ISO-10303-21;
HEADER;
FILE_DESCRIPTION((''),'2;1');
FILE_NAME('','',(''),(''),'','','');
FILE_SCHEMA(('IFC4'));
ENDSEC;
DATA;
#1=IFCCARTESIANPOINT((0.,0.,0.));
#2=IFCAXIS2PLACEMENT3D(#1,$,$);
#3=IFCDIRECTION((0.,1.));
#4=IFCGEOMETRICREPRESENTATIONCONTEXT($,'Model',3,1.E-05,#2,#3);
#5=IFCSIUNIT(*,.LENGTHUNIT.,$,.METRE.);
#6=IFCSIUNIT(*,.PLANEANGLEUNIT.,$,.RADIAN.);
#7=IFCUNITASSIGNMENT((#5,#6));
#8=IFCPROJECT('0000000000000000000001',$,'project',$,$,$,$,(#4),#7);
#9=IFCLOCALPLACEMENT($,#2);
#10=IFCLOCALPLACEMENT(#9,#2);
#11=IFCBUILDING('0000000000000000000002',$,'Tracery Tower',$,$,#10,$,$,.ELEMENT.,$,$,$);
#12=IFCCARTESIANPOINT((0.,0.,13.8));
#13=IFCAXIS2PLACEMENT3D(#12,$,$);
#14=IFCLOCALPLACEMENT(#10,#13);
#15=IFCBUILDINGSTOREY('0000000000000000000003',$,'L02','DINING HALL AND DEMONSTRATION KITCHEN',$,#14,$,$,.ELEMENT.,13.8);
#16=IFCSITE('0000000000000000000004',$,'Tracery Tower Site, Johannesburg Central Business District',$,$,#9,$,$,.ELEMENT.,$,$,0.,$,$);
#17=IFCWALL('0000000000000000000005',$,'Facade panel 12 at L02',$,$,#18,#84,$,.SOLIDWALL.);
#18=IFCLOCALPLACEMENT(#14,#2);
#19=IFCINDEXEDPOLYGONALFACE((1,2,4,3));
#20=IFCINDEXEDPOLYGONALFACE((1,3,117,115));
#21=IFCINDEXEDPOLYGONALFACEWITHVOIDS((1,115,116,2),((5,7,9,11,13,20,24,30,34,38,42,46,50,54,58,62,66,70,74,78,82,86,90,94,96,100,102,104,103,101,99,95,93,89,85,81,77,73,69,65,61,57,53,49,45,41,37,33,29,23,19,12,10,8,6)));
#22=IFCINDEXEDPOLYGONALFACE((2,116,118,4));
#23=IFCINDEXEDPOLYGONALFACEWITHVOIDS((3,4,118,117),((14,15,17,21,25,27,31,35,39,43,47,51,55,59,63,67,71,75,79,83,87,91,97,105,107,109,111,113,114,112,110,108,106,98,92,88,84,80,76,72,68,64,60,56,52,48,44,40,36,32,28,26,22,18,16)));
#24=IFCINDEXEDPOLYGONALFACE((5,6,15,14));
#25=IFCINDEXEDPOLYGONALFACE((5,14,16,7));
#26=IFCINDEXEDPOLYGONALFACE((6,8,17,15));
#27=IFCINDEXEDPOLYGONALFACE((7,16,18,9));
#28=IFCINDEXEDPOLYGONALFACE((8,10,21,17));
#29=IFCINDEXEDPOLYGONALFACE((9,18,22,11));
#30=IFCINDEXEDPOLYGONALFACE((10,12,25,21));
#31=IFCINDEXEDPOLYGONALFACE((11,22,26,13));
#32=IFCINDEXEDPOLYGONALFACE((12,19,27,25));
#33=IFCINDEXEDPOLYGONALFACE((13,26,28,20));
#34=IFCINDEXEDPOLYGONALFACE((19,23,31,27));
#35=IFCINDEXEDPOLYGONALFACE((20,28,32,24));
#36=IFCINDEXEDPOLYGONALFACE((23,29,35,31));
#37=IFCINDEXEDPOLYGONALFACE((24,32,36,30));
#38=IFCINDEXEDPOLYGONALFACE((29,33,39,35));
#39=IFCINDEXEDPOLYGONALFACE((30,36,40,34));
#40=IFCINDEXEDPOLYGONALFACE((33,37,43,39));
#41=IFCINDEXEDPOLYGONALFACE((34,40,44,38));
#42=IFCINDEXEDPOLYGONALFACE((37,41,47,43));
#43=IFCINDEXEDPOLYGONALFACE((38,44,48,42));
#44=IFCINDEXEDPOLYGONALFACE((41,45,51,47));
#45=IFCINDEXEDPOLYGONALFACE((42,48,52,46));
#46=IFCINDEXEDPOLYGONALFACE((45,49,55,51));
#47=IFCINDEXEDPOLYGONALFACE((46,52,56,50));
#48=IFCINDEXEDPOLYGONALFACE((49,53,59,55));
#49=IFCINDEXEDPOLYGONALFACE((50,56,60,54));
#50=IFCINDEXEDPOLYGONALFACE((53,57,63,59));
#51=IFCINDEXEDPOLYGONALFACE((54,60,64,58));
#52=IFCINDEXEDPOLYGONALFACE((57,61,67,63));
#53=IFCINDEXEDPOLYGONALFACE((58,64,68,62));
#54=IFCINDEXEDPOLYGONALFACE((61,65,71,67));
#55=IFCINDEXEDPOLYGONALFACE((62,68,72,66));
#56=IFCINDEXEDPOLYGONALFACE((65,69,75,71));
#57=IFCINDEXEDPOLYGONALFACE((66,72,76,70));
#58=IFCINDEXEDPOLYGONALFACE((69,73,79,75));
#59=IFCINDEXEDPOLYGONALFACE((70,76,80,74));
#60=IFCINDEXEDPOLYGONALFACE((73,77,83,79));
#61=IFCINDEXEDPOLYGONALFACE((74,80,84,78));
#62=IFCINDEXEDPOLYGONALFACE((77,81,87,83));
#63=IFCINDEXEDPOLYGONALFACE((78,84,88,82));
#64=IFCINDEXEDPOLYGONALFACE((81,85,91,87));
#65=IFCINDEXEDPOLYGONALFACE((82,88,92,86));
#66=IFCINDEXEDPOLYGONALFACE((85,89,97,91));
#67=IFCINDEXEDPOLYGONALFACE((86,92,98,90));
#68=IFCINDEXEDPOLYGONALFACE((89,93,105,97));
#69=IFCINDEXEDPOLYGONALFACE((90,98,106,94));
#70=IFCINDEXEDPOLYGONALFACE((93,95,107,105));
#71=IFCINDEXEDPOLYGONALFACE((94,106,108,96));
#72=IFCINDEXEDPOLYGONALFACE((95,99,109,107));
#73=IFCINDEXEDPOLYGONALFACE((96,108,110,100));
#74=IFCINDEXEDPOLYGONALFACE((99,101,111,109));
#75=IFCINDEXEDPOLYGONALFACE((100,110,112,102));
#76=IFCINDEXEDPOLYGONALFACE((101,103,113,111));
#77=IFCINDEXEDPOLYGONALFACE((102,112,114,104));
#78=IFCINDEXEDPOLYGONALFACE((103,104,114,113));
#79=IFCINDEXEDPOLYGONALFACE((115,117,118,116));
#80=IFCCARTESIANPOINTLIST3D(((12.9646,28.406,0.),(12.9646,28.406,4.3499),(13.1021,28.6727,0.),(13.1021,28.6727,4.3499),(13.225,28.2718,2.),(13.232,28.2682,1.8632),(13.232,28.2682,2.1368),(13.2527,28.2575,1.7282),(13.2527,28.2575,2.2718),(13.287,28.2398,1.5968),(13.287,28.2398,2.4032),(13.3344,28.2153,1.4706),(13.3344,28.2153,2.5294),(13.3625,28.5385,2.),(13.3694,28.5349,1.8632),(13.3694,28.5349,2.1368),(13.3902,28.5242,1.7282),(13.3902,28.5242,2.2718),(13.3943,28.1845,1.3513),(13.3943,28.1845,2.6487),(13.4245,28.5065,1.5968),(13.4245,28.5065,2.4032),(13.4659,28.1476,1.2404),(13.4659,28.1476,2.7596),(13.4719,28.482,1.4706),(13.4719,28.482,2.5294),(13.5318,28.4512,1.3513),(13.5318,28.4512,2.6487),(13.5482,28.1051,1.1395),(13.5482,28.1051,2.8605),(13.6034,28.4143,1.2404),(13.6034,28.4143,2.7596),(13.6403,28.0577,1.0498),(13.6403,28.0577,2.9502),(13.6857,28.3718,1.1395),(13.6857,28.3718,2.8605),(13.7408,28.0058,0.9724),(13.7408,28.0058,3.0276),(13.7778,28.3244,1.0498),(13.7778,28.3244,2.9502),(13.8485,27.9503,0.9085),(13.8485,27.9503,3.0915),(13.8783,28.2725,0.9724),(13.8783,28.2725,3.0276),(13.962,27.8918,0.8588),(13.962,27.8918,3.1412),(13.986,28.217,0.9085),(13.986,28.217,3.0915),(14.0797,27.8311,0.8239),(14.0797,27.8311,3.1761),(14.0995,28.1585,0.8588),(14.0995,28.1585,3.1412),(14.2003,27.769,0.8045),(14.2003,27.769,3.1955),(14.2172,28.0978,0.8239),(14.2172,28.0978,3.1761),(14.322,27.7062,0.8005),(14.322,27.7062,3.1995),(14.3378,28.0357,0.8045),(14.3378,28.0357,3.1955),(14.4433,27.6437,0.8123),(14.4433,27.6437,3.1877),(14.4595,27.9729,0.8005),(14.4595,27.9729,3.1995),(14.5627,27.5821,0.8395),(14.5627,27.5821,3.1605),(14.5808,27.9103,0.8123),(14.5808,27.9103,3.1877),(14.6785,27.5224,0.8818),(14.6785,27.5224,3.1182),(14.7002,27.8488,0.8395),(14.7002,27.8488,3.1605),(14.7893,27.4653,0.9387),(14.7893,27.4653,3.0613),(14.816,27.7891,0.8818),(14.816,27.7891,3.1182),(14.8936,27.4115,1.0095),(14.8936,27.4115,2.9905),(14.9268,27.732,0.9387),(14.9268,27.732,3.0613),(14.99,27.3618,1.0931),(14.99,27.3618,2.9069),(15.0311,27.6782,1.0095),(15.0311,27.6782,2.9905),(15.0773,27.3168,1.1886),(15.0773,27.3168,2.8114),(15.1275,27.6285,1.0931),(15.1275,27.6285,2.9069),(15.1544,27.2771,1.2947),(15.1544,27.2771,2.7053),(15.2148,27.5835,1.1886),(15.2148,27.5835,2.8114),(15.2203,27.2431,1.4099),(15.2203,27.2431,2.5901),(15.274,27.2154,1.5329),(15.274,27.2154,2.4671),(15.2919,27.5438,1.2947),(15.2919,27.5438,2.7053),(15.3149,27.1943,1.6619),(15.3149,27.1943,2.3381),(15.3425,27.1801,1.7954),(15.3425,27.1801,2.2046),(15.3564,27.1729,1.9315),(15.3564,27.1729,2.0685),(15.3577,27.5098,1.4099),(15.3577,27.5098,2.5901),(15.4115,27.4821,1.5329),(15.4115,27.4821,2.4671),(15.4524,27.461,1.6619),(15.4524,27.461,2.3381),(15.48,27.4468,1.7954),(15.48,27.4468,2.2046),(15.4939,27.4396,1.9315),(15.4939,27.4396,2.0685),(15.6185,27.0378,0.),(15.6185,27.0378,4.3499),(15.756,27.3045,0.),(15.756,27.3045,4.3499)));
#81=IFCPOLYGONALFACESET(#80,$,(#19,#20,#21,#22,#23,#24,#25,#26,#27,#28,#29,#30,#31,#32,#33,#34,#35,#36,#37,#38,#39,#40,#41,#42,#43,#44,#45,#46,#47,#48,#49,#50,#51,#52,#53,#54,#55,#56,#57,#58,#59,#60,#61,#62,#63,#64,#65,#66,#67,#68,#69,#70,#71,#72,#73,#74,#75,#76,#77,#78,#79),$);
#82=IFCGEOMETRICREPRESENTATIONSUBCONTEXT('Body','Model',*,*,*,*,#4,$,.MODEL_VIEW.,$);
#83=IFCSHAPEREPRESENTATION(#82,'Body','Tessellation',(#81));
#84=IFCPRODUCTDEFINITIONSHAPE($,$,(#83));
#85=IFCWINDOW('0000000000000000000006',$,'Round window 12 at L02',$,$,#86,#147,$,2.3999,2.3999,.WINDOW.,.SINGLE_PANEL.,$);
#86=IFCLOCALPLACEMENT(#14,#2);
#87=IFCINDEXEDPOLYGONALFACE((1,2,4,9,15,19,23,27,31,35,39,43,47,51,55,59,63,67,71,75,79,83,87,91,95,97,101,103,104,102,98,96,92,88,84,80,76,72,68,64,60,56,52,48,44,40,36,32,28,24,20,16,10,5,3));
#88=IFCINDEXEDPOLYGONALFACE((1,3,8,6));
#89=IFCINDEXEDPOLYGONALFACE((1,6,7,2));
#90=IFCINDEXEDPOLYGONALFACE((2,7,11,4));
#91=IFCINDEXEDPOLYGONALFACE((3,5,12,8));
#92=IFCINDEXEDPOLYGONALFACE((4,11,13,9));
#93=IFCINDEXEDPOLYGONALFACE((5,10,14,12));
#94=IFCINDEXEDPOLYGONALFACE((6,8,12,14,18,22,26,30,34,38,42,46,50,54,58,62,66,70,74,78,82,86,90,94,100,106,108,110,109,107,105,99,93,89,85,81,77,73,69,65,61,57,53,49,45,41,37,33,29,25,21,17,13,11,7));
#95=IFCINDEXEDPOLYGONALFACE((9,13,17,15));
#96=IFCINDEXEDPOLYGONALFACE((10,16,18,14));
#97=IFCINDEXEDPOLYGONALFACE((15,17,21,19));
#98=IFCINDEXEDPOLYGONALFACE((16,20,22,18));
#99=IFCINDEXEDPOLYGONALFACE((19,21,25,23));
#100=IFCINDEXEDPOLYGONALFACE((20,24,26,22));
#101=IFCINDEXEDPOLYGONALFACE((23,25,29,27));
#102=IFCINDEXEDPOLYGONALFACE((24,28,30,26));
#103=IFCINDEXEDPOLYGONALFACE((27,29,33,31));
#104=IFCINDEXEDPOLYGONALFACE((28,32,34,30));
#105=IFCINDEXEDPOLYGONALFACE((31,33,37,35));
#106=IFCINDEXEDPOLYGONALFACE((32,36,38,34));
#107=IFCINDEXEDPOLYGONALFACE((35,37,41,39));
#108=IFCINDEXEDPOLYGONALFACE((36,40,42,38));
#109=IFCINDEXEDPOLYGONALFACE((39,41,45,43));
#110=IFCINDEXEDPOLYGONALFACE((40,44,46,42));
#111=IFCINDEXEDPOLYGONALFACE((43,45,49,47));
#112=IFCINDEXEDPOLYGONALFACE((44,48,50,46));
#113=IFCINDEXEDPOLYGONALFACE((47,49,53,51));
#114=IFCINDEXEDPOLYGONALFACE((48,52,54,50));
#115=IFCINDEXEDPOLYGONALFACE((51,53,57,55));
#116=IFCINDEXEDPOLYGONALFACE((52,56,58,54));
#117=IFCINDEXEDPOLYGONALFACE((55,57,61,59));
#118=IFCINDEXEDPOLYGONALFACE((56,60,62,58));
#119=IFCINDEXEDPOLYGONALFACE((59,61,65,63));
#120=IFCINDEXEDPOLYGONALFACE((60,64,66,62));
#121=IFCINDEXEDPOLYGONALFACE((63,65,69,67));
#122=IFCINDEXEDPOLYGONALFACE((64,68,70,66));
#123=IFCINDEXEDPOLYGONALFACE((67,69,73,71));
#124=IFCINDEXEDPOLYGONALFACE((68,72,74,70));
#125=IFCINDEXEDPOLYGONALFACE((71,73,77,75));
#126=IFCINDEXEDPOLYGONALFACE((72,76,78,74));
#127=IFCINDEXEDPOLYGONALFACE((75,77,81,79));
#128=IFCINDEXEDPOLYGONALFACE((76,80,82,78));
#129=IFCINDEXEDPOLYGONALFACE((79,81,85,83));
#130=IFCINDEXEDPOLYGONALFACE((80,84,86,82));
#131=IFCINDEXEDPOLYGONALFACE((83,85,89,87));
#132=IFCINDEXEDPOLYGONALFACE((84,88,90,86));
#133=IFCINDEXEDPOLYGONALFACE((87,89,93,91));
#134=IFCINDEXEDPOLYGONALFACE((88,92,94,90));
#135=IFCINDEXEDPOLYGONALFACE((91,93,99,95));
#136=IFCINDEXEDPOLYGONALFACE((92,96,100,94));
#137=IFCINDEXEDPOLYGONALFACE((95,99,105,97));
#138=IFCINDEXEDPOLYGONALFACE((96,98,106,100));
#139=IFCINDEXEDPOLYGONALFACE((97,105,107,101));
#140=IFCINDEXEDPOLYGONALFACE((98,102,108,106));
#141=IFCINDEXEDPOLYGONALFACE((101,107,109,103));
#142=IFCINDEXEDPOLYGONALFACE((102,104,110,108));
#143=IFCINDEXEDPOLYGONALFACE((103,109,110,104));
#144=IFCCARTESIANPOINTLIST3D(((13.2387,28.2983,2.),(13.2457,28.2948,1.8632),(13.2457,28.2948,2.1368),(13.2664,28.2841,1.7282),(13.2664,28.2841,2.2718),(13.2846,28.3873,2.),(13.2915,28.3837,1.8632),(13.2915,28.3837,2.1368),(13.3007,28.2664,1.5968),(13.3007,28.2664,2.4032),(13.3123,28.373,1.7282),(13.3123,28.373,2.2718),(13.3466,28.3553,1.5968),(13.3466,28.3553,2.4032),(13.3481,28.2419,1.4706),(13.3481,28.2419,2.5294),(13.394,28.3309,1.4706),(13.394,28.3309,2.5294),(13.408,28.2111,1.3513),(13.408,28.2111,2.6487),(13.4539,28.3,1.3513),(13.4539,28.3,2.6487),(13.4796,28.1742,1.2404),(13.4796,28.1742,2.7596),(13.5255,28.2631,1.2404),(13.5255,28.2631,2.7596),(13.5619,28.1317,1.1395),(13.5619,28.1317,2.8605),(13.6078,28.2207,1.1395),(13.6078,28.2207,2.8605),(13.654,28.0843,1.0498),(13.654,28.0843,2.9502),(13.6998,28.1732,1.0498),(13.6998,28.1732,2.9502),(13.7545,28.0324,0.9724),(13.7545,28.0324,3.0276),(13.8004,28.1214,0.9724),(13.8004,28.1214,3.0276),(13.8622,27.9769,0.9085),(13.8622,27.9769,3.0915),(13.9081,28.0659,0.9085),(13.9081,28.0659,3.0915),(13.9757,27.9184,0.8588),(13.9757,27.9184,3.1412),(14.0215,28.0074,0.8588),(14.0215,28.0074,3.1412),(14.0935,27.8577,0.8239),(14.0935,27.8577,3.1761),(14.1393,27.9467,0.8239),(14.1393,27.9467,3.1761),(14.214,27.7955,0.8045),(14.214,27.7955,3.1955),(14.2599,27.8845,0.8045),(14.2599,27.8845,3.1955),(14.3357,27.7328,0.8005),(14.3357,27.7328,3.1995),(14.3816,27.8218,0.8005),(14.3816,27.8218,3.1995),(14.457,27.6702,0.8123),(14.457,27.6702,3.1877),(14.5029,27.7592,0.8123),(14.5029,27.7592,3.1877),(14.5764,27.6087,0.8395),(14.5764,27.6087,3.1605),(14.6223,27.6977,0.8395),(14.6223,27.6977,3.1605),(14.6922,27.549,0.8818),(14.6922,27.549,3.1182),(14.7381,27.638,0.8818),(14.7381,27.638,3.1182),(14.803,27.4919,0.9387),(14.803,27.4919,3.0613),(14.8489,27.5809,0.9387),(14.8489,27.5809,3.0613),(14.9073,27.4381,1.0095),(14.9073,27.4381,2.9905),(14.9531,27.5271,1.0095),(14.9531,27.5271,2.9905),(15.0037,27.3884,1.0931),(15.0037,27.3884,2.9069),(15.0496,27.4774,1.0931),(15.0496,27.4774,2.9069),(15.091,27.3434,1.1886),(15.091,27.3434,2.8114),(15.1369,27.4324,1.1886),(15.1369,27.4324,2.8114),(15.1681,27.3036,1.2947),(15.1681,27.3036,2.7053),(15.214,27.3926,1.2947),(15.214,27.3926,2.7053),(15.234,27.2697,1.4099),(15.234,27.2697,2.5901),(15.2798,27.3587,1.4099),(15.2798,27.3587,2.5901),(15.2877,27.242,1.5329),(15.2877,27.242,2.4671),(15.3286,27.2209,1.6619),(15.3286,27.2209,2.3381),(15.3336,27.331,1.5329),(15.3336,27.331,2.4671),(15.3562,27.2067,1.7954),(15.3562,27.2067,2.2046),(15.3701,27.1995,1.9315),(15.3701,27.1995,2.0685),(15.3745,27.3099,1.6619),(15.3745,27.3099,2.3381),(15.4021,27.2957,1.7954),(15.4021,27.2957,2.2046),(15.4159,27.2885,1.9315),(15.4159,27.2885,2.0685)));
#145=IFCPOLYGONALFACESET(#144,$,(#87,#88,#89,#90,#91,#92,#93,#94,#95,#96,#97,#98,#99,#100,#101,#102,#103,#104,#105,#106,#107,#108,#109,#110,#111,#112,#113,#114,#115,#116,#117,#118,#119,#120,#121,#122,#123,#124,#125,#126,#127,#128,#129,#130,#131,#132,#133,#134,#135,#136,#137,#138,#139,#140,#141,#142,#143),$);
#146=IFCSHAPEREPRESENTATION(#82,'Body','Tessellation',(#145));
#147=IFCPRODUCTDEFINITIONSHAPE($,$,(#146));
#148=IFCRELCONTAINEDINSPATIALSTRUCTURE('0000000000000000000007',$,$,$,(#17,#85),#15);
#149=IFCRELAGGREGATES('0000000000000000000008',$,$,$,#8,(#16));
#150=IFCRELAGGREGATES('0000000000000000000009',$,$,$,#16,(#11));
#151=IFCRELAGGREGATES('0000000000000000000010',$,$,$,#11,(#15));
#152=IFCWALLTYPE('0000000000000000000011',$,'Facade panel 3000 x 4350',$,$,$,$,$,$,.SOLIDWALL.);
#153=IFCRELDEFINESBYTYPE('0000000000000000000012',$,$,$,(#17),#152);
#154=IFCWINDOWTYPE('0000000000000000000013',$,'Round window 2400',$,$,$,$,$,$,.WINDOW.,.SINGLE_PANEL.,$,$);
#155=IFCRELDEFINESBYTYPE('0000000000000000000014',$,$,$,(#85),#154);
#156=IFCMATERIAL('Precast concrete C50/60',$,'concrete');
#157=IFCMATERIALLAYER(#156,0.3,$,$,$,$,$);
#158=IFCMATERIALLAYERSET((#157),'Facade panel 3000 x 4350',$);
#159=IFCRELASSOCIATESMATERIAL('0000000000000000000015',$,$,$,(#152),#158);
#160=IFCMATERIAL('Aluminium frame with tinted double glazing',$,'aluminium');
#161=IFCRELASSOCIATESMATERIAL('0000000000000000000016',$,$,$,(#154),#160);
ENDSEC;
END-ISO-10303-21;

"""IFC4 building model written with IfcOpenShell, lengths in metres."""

from ifc_helpers import new_model, si_unit, direction, frame, frame_2d, origin, origin_2d, place, context, subcontext, project, spatial, rectangle, circle, extrude, material, layer, layer_set, type_object, element, fill, save


model = new_model("IFC4")

# Units and contexts
model_context = context("Model", 3, precision=1e-05, world=origin(), true_north=direction((0.0, 1.0)))
body_context = subcontext(model_context, "Body", "Model", "MODEL_VIEW")
ifc_project = project(units=[si_unit("LENGTHUNIT", "METRE"), si_unit("PLANEANGLEUNIT", "RADIAN")], contexts=[model_context])

# Site, building, storey
site_placement = place(None, origin())
site = spatial("IfcSite", under=ifc_project, at=site_placement, Name="Tracery Tower Site, Johannesburg Central Business District", CompositionType="ELEMENT", RefElevation=0.0)
building_placement = place(site_placement, origin())
building = spatial("IfcBuilding", under=site, at=building_placement, Name="Tracery Tower", CompositionType="ELEMENT")
storey_placement = place(building_placement, frame((0.0, 0.0, 13.8)))
storey = spatial("IfcBuildingStorey", under=building, at=storey_placement, Name="L02", Description="DINING HALL AND DEMONSTRATION KITCHEN", CompositionType="ELEMENT", Elevation=13.8)

# Wall, opening, window
ifc_material_1 = material(Name="Precast concrete C50/60", Category="concrete")
ifc_layer_1 = layer(ifc_material_1, 0.3)
ifc_layer_set_1 = layer_set([ifc_layer_1], Name="Facade panel 3000 x 4350")
wall_type_1 = type_object("IfcWallType", Name="Facade panel 3000 x 4350", PredefinedType="SOLIDWALL", material=ifc_layer_set_1)
wall_1_placement = place(storey_placement, frame((15.6873, 27.1711, 0.0), z_axis=(0.0, 0.0, 1.0), x_axis=(-0.888831, 0.458235, 0.0)))
wall_1 = element("IfcWall", 1, at=wall_1_placement, inside=storey, type_object=wall_type_1, Name="Facade panel 12 at L02", PredefinedType="SOLIDWALL", context=body_context, shape_type="SweptSolid", body=[
    extrude(rectangle(XDim=2.9858, YDim=0.3, at=frame_2d((1.4929, 0.0))), origin(), (0.0, 0.0, 1.0), 4.3499),
])
opening_1_placement = place(wall_1_placement, frame((1.4929, 0.0, 2.0)))
opening_1 = element("IfcOpeningElement", 2, at=opening_1_placement, cuts=wall_1, PredefinedType="OPENING", context=body_context, shape_type="SweptSolid", body=[
    extrude(circle(Radius=1.2, at=origin_2d()), frame((0.0, 0.1599, 0.0), z_axis=(0.0, -1.0, 0.0), x_axis=(1.0, 0.0, 0.0)), (0.0, 0.0, 1.0), 0.3201),
])
ifc_material_2 = material(Name="Aluminium frame with tinted double glazing", Category="aluminium")
window_type = type_object("IfcWindowType", Name="Round window 2400", PartitioningType="SINGLE_PANEL", PredefinedType="WINDOW", material=ifc_material_2)
window_1_placement = place(opening_1_placement, origin())
window_1 = element("IfcWindow", 3, at=window_1_placement, inside=storey, type_object=window_type, Name="Round window 12 at L02", OverallHeight=2.3999, OverallWidth=2.3999, PartitioningType="SINGLE_PANEL", PredefinedType="WINDOW", context=body_context, shape_type="SweptSolid", body=[
    extrude(circle(Radius=1.2, at=origin_2d()), frame((0.0, 0.1201, 0.0), z_axis=(0.0, -1.0, 0.0), x_axis=(1.0, 0.0, 0.0)), (0.0, 0.0, 1.0), 0.1001),
])
fill(opening_1, window_1)

save(model, "model.ifc")
